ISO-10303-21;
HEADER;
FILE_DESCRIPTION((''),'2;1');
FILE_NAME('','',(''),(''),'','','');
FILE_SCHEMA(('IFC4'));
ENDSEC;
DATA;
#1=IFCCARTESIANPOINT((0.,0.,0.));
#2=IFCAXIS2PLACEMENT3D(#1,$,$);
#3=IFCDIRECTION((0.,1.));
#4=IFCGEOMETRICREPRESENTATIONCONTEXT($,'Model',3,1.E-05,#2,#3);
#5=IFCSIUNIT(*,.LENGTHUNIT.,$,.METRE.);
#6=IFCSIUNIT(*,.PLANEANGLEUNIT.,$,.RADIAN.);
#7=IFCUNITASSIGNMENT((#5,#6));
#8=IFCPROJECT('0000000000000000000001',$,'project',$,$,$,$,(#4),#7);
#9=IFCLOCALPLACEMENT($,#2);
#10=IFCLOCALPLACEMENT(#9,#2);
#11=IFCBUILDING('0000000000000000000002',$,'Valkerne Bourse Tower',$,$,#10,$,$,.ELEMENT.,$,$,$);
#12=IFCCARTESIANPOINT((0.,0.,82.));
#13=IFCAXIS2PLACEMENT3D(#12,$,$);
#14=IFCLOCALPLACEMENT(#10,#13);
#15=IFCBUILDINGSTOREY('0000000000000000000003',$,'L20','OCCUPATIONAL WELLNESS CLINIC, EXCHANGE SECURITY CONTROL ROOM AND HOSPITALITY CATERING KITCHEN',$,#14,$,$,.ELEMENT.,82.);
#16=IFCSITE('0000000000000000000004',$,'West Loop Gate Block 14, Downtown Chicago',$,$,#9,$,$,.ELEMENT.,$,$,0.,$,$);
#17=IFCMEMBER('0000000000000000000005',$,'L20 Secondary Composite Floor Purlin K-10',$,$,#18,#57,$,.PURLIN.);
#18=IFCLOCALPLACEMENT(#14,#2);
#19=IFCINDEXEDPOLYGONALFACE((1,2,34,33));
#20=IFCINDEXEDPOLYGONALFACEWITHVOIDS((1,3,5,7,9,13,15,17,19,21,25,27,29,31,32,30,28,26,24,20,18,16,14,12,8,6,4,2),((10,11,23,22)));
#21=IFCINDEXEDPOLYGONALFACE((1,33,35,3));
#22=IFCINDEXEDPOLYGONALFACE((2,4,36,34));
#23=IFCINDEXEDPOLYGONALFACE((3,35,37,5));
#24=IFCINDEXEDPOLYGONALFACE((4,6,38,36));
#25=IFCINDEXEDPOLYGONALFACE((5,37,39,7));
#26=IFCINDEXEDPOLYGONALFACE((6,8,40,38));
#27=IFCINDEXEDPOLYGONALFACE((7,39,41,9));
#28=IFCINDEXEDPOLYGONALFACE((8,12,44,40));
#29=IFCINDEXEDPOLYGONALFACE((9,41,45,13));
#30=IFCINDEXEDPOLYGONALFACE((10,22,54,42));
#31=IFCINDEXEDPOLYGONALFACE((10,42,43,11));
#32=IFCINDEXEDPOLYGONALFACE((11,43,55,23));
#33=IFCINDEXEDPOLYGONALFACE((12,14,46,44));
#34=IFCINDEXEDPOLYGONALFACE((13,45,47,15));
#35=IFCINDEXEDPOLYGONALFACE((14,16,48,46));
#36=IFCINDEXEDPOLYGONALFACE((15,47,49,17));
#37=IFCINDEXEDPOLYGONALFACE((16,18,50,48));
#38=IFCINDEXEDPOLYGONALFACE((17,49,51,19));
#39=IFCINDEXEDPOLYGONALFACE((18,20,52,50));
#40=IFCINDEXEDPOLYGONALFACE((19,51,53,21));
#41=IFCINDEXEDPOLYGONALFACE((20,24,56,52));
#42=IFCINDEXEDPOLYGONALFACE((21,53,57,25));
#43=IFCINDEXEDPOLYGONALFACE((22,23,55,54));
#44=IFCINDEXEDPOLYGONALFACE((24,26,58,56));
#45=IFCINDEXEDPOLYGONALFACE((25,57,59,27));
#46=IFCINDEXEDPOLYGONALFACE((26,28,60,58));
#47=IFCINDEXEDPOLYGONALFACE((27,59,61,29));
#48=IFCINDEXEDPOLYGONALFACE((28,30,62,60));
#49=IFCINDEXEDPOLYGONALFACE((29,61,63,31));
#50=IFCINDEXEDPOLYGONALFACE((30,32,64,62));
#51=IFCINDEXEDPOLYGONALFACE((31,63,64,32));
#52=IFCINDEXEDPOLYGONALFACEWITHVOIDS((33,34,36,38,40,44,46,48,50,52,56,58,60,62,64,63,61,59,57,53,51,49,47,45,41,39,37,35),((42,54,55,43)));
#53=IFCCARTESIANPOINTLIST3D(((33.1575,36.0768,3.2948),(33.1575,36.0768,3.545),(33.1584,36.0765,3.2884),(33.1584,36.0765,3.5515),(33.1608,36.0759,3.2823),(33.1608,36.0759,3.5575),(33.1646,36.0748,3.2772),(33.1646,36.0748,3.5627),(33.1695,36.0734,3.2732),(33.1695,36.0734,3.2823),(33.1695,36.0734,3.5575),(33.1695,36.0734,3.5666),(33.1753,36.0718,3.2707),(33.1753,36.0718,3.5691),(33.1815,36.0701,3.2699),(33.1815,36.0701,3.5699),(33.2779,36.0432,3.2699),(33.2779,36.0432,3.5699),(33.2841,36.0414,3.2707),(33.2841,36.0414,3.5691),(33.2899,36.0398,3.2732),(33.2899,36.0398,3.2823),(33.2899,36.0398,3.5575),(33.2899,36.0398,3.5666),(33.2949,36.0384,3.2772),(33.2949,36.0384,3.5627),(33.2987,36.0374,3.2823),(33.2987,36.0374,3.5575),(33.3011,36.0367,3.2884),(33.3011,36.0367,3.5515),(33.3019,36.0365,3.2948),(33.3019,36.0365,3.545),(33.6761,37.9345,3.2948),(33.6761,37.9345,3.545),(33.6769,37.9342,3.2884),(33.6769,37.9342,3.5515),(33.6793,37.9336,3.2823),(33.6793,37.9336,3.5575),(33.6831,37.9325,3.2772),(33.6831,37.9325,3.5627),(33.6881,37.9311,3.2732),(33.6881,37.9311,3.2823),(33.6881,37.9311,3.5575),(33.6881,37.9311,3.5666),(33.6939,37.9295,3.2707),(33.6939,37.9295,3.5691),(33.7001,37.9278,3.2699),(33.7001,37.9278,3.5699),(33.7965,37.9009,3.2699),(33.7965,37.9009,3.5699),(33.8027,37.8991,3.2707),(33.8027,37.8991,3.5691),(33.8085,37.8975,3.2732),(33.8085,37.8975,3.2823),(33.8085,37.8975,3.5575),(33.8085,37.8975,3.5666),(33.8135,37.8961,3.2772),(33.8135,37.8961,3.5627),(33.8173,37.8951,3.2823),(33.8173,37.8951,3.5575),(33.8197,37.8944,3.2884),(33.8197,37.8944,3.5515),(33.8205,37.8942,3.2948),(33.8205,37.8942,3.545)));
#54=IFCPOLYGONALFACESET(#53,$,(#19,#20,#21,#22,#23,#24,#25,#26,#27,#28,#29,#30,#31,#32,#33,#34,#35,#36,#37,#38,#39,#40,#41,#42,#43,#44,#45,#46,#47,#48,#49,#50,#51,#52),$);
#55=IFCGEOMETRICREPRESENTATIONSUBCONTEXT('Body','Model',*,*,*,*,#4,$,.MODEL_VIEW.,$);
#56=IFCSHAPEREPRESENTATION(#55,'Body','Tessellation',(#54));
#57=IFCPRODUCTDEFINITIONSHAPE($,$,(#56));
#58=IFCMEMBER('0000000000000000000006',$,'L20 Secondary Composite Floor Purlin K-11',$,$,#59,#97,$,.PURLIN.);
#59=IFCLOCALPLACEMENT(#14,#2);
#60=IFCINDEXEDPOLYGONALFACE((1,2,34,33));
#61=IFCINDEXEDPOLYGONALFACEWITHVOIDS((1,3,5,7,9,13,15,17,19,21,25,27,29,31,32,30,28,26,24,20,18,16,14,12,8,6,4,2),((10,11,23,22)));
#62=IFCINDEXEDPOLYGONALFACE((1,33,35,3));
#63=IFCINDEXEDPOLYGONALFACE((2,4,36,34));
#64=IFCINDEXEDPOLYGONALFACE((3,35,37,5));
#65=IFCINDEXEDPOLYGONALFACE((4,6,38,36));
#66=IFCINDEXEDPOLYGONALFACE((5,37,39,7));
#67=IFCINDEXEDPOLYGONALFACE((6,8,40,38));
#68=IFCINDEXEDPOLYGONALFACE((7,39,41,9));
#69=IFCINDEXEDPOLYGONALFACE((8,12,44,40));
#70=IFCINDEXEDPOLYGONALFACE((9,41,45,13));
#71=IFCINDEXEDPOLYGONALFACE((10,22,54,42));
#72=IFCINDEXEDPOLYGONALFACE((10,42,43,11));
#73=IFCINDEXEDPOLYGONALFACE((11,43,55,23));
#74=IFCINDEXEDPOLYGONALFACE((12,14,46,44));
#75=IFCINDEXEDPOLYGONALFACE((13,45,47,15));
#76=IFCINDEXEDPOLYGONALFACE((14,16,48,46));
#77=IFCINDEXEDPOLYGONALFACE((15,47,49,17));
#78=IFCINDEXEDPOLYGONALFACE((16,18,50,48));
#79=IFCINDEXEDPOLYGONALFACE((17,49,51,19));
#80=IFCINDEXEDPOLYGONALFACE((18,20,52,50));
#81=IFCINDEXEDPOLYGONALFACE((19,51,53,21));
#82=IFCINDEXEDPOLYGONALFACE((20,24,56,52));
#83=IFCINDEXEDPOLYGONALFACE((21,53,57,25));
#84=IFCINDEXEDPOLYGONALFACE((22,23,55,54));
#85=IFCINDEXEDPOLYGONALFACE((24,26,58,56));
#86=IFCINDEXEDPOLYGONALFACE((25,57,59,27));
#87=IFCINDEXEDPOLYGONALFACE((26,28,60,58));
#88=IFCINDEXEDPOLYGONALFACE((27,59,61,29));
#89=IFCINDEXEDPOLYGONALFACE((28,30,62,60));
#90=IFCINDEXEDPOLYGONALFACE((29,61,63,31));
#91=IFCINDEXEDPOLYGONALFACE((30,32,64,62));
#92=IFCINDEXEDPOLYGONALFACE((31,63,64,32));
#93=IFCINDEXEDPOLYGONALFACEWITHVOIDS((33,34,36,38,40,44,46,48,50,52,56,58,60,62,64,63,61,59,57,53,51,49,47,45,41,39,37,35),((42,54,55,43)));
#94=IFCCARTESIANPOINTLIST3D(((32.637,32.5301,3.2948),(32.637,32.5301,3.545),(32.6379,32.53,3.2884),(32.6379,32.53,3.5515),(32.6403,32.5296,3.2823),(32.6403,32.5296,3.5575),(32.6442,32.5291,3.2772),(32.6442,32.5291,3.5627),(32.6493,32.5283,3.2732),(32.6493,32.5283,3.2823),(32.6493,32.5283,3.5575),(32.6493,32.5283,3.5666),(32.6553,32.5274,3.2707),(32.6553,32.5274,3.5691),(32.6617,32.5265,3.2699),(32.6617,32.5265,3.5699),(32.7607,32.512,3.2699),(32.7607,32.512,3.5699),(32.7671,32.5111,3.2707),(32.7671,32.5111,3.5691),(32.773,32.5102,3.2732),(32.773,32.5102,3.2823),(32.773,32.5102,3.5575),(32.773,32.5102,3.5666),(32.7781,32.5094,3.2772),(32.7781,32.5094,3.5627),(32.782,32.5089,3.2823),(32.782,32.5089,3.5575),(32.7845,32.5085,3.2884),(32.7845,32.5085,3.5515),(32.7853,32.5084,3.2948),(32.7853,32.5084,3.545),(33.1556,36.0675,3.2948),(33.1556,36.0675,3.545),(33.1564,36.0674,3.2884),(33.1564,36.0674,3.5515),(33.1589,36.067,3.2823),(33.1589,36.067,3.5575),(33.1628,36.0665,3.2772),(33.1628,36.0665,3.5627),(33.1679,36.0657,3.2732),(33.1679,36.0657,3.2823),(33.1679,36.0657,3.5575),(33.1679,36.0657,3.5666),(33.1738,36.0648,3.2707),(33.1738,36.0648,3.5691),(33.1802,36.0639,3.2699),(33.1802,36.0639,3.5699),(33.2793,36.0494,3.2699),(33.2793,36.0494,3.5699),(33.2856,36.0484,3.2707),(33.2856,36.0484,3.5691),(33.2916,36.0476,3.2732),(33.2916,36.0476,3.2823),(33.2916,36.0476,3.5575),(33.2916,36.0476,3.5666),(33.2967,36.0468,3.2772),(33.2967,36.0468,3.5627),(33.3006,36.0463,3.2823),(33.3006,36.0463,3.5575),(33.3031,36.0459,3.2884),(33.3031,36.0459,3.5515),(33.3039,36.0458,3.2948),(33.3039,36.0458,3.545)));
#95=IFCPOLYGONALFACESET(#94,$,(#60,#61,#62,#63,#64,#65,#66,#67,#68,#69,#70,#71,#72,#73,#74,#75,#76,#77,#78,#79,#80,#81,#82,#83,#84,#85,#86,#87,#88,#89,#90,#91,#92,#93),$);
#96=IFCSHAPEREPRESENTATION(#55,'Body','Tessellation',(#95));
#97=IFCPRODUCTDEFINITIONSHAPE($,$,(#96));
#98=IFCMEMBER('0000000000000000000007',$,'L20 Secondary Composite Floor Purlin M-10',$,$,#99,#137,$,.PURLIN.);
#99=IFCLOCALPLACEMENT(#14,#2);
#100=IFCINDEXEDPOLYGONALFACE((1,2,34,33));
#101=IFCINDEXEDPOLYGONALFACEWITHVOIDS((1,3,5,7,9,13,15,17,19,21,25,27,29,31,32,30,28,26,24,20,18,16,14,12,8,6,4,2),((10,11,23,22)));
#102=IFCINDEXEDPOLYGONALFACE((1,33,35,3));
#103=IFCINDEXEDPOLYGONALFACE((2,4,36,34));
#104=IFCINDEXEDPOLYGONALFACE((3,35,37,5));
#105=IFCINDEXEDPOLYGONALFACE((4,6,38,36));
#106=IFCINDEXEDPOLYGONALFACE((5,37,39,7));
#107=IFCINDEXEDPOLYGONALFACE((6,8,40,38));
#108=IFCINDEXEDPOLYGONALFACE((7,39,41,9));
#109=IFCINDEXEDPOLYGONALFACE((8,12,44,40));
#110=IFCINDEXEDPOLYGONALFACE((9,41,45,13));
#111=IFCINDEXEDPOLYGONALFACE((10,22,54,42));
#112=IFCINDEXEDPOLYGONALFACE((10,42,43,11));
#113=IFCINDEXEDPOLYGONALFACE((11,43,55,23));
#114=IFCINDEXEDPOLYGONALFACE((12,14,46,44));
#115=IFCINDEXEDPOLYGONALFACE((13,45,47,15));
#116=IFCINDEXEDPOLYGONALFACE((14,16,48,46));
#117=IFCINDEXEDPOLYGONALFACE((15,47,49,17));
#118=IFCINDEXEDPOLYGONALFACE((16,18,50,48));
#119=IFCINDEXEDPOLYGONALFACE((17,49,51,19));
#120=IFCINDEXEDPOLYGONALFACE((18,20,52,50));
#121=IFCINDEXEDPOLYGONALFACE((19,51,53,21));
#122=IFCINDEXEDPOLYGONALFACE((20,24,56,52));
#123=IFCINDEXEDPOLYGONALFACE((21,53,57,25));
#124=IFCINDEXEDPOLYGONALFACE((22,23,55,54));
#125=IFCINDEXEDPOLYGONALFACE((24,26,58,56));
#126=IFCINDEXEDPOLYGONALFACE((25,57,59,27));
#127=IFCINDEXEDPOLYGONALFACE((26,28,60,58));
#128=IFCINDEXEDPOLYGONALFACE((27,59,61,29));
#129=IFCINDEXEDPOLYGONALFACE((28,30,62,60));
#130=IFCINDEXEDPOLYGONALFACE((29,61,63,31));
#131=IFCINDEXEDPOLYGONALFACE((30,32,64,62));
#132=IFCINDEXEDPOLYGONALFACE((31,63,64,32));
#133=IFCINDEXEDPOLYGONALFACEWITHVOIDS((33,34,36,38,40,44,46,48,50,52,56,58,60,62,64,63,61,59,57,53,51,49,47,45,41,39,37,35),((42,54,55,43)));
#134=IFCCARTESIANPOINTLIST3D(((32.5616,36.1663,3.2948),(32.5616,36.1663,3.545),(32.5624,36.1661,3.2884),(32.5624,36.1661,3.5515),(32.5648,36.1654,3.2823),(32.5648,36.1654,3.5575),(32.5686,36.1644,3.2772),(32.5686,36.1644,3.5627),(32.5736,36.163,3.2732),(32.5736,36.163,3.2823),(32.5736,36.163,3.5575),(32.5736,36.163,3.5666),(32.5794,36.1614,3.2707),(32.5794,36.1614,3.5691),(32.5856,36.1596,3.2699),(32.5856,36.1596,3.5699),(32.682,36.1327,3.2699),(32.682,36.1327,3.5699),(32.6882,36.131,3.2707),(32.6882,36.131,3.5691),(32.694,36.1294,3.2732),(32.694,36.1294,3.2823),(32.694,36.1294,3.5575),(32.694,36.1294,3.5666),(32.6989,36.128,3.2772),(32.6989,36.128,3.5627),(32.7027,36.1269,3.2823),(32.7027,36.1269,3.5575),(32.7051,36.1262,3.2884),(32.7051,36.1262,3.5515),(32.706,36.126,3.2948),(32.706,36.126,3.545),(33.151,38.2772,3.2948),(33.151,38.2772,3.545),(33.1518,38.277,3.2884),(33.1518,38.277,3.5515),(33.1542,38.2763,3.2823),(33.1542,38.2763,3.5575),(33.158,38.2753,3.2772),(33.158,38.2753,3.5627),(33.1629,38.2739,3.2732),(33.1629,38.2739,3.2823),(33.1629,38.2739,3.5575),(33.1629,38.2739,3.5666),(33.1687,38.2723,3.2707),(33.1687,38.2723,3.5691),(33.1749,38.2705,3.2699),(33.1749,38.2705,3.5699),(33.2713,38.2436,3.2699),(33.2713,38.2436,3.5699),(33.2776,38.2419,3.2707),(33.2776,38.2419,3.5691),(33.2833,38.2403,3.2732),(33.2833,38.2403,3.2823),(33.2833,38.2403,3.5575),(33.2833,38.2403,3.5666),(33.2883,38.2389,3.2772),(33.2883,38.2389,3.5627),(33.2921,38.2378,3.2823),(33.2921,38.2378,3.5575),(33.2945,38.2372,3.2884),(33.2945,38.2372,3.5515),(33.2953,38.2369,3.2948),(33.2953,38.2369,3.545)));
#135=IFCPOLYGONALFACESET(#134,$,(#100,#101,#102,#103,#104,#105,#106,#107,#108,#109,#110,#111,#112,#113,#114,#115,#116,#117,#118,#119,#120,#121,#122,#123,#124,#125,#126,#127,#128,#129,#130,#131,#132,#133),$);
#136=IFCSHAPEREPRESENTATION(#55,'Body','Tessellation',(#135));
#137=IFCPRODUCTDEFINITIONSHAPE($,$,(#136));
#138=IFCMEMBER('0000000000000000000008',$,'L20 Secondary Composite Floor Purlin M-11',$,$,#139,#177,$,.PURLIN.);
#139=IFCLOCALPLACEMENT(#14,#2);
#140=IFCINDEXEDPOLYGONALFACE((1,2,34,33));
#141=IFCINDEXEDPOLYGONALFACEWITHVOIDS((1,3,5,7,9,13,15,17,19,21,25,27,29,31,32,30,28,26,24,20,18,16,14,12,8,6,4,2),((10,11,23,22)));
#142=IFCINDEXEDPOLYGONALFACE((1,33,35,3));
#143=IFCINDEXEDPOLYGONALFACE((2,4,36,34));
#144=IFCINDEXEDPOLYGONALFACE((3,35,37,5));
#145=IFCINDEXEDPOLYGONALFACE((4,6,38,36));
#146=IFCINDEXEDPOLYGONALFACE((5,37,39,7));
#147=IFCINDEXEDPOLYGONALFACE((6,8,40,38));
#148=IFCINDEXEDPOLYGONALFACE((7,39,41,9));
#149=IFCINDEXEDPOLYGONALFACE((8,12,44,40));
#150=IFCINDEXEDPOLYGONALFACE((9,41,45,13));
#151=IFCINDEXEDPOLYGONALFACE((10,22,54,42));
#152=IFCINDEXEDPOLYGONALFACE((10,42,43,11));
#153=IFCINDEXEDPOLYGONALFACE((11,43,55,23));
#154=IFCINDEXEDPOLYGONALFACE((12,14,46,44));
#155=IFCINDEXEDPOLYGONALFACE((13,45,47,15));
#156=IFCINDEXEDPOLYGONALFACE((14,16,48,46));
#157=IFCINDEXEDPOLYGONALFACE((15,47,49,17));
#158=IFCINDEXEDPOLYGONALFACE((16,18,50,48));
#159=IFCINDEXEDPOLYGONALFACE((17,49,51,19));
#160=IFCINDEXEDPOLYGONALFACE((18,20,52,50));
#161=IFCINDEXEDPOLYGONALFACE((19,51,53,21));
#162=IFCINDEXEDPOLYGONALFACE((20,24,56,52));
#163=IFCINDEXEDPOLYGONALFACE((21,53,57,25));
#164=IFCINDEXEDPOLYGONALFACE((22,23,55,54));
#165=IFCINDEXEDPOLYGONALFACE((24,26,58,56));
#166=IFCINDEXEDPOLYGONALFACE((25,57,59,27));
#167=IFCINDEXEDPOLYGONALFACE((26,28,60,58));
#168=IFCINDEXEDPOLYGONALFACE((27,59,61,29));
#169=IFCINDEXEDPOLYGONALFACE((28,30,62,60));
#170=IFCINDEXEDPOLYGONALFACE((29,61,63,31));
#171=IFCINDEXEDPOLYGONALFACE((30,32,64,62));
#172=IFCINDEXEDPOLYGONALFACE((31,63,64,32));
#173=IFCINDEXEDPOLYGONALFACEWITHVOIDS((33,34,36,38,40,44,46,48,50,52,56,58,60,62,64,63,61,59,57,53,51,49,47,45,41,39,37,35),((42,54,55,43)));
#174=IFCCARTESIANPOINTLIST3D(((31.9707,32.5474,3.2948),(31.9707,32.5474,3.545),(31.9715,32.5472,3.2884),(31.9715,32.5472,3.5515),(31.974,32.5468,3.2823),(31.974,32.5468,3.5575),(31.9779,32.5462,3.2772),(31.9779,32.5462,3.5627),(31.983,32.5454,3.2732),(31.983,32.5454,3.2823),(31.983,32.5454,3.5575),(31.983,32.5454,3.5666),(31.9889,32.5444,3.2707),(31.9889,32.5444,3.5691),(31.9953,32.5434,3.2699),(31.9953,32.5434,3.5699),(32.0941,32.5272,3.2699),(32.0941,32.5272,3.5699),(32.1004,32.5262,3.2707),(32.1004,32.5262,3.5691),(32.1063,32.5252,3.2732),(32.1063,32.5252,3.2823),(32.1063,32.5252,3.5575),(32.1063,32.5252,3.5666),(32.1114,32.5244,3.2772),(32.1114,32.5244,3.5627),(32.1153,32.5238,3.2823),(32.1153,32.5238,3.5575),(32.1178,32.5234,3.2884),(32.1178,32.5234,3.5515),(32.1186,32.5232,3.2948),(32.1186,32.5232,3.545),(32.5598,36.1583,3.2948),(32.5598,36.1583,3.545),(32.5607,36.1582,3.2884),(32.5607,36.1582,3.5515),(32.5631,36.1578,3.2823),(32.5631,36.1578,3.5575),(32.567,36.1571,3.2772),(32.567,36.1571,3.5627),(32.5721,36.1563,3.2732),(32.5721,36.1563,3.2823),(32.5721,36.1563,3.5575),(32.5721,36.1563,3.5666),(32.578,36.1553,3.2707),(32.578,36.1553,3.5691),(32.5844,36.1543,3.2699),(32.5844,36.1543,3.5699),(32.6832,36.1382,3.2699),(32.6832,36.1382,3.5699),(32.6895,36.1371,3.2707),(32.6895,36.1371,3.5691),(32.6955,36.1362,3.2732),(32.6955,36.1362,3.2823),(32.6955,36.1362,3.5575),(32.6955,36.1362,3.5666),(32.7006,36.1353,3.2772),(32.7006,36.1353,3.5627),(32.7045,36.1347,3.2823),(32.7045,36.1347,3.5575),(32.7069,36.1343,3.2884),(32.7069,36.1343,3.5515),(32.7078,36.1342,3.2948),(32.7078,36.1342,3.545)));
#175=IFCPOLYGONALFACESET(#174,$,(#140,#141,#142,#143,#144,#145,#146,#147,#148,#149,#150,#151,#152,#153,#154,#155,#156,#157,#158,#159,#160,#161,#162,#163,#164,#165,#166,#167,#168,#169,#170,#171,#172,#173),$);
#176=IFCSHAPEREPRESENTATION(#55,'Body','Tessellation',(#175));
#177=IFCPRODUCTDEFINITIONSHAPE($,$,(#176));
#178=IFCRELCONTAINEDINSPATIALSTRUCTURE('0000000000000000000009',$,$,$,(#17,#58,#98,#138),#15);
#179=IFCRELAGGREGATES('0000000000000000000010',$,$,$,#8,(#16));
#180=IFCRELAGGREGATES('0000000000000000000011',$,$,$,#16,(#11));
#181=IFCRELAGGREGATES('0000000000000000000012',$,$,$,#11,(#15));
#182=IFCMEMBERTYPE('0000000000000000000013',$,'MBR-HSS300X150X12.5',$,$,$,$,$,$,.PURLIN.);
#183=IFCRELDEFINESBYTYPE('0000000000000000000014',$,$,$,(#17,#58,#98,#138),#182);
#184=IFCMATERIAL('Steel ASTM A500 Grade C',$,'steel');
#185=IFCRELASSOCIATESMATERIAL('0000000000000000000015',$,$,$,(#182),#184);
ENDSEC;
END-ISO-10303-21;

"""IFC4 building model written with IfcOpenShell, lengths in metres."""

from ifc_helpers import new_model, si_unit, direction, frame, origin, origin_2d, place, context, subcontext, project, spatial, hollow_rectangle, extrude, material, material_profile, profile_set, type_object, element, save


model = new_model("IFC4")

# Units and contexts
model_context = context("Model", 3, precision=1e-05, world=origin(), true_north=direction((0.0, 1.0)))
body_context = subcontext(model_context, "Body", "Model", "MODEL_VIEW")
ifc_project = project(units=[si_unit("LENGTHUNIT", "METRE"), si_unit("PLANEANGLEUNIT", "RADIAN")], contexts=[model_context])

# Site, building, storey
site_placement = place(None, origin())
site = spatial("IfcSite", under=ifc_project, at=site_placement, Name="West Loop Gate Block 14, Downtown Chicago", CompositionType="ELEMENT", RefElevation=0.0)
building_placement = place(site_placement, origin())
building = spatial("IfcBuilding", under=site, at=building_placement, Name="Valkerne Bourse Tower", CompositionType="ELEMENT")
storey_placement = place(building_placement, frame((0.0, 0.0, 82.0)))
storey = spatial("IfcBuildingStorey", under=building, at=storey_placement, Name="L20", Description="OCCUPATIONAL WELLNESS CLINIC, EXCHANGE SECURITY CONTROL ROOM AND HOSPITALITY CATERING KITCHEN", CompositionType="ELEMENT", Elevation=82.0)

# Members
ifc_material_1 = material(Name="Steel ASTM A500 Grade C", Category="steel")
ifc_material_profile_1 = material_profile(ifc_material_1, hollow_rectangle(XDim=0.1499, YDim=0.3, WallThickness=0.0125, OuterFilletRadius=0.0249, at=origin_2d()), Name="HSS300X150X12.5")
ifc_profile_set_1 = profile_set([ifc_material_profile_1], Name="Steel ASTM A500 Grade C")
member_type_1 = type_object("IfcMemberType", Name="MBR-HSS300X150X12.5", PredefinedType="PURLIN", material=ifc_profile_set_1)
member_1_placement = place(storey_placement, frame((33.7483, 37.9143, 3.4199), z_axis=(-0.268865, -0.963178, 0.0), x_axis=(0.963178, -0.268865, 0.0)))
element("IfcMember", 1, at=member_1_placement, inside=storey, type_object=member_type_1, Name="L20 Secondary Composite Floor Purlin K-10", PredefinedType="PURLIN", context=body_context, shape_type="SweptSolid", body=[
    extrude(hollow_rectangle(XDim=0.1499, YDim=0.3, WallThickness=0.0125, OuterFilletRadius=0.0249, at=origin_2d()), origin(), (0.0, 0.0, 1.0), 1.9287),
])
member_2_placement = place(storey_placement, frame((33.2297, 36.0566, 3.4199), z_axis=(-0.145044, -0.989425, 0.0), x_axis=(0.989425, -0.145044, 0.0)))
element("IfcMember", 2, at=member_2_placement, inside=storey, type_object=member_type_1, Name="L20 Secondary Composite Floor Purlin K-11", PredefinedType="PURLIN", context=body_context, shape_type="SweptSolid", body=[
    extrude(hollow_rectangle(XDim=0.1499, YDim=0.3, WallThickness=0.0125, OuterFilletRadius=0.0249, at=origin_2d()), origin(), (0.0, 0.0, 1.0), 3.5752),
])
member_3_placement = place(storey_placement, frame((33.2231, 38.2571, 3.4199), z_axis=(-0.268919, -0.963163, 0.0), x_axis=(0.963163, -0.268919, 0.0)))
element("IfcMember", 3, at=member_3_placement, inside=storey, type_object=member_type_1, Name="L20 Secondary Composite Floor Purlin M-10", PredefinedType="PURLIN", context=body_context, shape_type="SweptSolid", body=[
    extrude(hollow_rectangle(XDim=0.1499, YDim=0.3, WallThickness=0.0125, OuterFilletRadius=0.0249, at=origin_2d()), origin(), (0.0, 0.0, 1.0), 2.1917),
])
member_4_placement = place(storey_placement, frame((32.6338, 36.1462, 3.4199), z_axis=(-0.161022, -0.986951, 0.0), x_axis=(0.986951, -0.161022, 0.0)))
element("IfcMember", 4, at=member_4_placement, inside=storey, type_object=member_type_1, Name="L20 Secondary Composite Floor Purlin M-11", PredefinedType="PURLIN", context=body_context, shape_type="SweptSolid", body=[
    extrude(hollow_rectangle(XDim=0.1499, YDim=0.3, WallThickness=0.0125, OuterFilletRadius=0.0249, at=origin_2d()), origin(), (0.0, 0.0, 1.0), 3.6587),
])

save(model, "model.ifc")
